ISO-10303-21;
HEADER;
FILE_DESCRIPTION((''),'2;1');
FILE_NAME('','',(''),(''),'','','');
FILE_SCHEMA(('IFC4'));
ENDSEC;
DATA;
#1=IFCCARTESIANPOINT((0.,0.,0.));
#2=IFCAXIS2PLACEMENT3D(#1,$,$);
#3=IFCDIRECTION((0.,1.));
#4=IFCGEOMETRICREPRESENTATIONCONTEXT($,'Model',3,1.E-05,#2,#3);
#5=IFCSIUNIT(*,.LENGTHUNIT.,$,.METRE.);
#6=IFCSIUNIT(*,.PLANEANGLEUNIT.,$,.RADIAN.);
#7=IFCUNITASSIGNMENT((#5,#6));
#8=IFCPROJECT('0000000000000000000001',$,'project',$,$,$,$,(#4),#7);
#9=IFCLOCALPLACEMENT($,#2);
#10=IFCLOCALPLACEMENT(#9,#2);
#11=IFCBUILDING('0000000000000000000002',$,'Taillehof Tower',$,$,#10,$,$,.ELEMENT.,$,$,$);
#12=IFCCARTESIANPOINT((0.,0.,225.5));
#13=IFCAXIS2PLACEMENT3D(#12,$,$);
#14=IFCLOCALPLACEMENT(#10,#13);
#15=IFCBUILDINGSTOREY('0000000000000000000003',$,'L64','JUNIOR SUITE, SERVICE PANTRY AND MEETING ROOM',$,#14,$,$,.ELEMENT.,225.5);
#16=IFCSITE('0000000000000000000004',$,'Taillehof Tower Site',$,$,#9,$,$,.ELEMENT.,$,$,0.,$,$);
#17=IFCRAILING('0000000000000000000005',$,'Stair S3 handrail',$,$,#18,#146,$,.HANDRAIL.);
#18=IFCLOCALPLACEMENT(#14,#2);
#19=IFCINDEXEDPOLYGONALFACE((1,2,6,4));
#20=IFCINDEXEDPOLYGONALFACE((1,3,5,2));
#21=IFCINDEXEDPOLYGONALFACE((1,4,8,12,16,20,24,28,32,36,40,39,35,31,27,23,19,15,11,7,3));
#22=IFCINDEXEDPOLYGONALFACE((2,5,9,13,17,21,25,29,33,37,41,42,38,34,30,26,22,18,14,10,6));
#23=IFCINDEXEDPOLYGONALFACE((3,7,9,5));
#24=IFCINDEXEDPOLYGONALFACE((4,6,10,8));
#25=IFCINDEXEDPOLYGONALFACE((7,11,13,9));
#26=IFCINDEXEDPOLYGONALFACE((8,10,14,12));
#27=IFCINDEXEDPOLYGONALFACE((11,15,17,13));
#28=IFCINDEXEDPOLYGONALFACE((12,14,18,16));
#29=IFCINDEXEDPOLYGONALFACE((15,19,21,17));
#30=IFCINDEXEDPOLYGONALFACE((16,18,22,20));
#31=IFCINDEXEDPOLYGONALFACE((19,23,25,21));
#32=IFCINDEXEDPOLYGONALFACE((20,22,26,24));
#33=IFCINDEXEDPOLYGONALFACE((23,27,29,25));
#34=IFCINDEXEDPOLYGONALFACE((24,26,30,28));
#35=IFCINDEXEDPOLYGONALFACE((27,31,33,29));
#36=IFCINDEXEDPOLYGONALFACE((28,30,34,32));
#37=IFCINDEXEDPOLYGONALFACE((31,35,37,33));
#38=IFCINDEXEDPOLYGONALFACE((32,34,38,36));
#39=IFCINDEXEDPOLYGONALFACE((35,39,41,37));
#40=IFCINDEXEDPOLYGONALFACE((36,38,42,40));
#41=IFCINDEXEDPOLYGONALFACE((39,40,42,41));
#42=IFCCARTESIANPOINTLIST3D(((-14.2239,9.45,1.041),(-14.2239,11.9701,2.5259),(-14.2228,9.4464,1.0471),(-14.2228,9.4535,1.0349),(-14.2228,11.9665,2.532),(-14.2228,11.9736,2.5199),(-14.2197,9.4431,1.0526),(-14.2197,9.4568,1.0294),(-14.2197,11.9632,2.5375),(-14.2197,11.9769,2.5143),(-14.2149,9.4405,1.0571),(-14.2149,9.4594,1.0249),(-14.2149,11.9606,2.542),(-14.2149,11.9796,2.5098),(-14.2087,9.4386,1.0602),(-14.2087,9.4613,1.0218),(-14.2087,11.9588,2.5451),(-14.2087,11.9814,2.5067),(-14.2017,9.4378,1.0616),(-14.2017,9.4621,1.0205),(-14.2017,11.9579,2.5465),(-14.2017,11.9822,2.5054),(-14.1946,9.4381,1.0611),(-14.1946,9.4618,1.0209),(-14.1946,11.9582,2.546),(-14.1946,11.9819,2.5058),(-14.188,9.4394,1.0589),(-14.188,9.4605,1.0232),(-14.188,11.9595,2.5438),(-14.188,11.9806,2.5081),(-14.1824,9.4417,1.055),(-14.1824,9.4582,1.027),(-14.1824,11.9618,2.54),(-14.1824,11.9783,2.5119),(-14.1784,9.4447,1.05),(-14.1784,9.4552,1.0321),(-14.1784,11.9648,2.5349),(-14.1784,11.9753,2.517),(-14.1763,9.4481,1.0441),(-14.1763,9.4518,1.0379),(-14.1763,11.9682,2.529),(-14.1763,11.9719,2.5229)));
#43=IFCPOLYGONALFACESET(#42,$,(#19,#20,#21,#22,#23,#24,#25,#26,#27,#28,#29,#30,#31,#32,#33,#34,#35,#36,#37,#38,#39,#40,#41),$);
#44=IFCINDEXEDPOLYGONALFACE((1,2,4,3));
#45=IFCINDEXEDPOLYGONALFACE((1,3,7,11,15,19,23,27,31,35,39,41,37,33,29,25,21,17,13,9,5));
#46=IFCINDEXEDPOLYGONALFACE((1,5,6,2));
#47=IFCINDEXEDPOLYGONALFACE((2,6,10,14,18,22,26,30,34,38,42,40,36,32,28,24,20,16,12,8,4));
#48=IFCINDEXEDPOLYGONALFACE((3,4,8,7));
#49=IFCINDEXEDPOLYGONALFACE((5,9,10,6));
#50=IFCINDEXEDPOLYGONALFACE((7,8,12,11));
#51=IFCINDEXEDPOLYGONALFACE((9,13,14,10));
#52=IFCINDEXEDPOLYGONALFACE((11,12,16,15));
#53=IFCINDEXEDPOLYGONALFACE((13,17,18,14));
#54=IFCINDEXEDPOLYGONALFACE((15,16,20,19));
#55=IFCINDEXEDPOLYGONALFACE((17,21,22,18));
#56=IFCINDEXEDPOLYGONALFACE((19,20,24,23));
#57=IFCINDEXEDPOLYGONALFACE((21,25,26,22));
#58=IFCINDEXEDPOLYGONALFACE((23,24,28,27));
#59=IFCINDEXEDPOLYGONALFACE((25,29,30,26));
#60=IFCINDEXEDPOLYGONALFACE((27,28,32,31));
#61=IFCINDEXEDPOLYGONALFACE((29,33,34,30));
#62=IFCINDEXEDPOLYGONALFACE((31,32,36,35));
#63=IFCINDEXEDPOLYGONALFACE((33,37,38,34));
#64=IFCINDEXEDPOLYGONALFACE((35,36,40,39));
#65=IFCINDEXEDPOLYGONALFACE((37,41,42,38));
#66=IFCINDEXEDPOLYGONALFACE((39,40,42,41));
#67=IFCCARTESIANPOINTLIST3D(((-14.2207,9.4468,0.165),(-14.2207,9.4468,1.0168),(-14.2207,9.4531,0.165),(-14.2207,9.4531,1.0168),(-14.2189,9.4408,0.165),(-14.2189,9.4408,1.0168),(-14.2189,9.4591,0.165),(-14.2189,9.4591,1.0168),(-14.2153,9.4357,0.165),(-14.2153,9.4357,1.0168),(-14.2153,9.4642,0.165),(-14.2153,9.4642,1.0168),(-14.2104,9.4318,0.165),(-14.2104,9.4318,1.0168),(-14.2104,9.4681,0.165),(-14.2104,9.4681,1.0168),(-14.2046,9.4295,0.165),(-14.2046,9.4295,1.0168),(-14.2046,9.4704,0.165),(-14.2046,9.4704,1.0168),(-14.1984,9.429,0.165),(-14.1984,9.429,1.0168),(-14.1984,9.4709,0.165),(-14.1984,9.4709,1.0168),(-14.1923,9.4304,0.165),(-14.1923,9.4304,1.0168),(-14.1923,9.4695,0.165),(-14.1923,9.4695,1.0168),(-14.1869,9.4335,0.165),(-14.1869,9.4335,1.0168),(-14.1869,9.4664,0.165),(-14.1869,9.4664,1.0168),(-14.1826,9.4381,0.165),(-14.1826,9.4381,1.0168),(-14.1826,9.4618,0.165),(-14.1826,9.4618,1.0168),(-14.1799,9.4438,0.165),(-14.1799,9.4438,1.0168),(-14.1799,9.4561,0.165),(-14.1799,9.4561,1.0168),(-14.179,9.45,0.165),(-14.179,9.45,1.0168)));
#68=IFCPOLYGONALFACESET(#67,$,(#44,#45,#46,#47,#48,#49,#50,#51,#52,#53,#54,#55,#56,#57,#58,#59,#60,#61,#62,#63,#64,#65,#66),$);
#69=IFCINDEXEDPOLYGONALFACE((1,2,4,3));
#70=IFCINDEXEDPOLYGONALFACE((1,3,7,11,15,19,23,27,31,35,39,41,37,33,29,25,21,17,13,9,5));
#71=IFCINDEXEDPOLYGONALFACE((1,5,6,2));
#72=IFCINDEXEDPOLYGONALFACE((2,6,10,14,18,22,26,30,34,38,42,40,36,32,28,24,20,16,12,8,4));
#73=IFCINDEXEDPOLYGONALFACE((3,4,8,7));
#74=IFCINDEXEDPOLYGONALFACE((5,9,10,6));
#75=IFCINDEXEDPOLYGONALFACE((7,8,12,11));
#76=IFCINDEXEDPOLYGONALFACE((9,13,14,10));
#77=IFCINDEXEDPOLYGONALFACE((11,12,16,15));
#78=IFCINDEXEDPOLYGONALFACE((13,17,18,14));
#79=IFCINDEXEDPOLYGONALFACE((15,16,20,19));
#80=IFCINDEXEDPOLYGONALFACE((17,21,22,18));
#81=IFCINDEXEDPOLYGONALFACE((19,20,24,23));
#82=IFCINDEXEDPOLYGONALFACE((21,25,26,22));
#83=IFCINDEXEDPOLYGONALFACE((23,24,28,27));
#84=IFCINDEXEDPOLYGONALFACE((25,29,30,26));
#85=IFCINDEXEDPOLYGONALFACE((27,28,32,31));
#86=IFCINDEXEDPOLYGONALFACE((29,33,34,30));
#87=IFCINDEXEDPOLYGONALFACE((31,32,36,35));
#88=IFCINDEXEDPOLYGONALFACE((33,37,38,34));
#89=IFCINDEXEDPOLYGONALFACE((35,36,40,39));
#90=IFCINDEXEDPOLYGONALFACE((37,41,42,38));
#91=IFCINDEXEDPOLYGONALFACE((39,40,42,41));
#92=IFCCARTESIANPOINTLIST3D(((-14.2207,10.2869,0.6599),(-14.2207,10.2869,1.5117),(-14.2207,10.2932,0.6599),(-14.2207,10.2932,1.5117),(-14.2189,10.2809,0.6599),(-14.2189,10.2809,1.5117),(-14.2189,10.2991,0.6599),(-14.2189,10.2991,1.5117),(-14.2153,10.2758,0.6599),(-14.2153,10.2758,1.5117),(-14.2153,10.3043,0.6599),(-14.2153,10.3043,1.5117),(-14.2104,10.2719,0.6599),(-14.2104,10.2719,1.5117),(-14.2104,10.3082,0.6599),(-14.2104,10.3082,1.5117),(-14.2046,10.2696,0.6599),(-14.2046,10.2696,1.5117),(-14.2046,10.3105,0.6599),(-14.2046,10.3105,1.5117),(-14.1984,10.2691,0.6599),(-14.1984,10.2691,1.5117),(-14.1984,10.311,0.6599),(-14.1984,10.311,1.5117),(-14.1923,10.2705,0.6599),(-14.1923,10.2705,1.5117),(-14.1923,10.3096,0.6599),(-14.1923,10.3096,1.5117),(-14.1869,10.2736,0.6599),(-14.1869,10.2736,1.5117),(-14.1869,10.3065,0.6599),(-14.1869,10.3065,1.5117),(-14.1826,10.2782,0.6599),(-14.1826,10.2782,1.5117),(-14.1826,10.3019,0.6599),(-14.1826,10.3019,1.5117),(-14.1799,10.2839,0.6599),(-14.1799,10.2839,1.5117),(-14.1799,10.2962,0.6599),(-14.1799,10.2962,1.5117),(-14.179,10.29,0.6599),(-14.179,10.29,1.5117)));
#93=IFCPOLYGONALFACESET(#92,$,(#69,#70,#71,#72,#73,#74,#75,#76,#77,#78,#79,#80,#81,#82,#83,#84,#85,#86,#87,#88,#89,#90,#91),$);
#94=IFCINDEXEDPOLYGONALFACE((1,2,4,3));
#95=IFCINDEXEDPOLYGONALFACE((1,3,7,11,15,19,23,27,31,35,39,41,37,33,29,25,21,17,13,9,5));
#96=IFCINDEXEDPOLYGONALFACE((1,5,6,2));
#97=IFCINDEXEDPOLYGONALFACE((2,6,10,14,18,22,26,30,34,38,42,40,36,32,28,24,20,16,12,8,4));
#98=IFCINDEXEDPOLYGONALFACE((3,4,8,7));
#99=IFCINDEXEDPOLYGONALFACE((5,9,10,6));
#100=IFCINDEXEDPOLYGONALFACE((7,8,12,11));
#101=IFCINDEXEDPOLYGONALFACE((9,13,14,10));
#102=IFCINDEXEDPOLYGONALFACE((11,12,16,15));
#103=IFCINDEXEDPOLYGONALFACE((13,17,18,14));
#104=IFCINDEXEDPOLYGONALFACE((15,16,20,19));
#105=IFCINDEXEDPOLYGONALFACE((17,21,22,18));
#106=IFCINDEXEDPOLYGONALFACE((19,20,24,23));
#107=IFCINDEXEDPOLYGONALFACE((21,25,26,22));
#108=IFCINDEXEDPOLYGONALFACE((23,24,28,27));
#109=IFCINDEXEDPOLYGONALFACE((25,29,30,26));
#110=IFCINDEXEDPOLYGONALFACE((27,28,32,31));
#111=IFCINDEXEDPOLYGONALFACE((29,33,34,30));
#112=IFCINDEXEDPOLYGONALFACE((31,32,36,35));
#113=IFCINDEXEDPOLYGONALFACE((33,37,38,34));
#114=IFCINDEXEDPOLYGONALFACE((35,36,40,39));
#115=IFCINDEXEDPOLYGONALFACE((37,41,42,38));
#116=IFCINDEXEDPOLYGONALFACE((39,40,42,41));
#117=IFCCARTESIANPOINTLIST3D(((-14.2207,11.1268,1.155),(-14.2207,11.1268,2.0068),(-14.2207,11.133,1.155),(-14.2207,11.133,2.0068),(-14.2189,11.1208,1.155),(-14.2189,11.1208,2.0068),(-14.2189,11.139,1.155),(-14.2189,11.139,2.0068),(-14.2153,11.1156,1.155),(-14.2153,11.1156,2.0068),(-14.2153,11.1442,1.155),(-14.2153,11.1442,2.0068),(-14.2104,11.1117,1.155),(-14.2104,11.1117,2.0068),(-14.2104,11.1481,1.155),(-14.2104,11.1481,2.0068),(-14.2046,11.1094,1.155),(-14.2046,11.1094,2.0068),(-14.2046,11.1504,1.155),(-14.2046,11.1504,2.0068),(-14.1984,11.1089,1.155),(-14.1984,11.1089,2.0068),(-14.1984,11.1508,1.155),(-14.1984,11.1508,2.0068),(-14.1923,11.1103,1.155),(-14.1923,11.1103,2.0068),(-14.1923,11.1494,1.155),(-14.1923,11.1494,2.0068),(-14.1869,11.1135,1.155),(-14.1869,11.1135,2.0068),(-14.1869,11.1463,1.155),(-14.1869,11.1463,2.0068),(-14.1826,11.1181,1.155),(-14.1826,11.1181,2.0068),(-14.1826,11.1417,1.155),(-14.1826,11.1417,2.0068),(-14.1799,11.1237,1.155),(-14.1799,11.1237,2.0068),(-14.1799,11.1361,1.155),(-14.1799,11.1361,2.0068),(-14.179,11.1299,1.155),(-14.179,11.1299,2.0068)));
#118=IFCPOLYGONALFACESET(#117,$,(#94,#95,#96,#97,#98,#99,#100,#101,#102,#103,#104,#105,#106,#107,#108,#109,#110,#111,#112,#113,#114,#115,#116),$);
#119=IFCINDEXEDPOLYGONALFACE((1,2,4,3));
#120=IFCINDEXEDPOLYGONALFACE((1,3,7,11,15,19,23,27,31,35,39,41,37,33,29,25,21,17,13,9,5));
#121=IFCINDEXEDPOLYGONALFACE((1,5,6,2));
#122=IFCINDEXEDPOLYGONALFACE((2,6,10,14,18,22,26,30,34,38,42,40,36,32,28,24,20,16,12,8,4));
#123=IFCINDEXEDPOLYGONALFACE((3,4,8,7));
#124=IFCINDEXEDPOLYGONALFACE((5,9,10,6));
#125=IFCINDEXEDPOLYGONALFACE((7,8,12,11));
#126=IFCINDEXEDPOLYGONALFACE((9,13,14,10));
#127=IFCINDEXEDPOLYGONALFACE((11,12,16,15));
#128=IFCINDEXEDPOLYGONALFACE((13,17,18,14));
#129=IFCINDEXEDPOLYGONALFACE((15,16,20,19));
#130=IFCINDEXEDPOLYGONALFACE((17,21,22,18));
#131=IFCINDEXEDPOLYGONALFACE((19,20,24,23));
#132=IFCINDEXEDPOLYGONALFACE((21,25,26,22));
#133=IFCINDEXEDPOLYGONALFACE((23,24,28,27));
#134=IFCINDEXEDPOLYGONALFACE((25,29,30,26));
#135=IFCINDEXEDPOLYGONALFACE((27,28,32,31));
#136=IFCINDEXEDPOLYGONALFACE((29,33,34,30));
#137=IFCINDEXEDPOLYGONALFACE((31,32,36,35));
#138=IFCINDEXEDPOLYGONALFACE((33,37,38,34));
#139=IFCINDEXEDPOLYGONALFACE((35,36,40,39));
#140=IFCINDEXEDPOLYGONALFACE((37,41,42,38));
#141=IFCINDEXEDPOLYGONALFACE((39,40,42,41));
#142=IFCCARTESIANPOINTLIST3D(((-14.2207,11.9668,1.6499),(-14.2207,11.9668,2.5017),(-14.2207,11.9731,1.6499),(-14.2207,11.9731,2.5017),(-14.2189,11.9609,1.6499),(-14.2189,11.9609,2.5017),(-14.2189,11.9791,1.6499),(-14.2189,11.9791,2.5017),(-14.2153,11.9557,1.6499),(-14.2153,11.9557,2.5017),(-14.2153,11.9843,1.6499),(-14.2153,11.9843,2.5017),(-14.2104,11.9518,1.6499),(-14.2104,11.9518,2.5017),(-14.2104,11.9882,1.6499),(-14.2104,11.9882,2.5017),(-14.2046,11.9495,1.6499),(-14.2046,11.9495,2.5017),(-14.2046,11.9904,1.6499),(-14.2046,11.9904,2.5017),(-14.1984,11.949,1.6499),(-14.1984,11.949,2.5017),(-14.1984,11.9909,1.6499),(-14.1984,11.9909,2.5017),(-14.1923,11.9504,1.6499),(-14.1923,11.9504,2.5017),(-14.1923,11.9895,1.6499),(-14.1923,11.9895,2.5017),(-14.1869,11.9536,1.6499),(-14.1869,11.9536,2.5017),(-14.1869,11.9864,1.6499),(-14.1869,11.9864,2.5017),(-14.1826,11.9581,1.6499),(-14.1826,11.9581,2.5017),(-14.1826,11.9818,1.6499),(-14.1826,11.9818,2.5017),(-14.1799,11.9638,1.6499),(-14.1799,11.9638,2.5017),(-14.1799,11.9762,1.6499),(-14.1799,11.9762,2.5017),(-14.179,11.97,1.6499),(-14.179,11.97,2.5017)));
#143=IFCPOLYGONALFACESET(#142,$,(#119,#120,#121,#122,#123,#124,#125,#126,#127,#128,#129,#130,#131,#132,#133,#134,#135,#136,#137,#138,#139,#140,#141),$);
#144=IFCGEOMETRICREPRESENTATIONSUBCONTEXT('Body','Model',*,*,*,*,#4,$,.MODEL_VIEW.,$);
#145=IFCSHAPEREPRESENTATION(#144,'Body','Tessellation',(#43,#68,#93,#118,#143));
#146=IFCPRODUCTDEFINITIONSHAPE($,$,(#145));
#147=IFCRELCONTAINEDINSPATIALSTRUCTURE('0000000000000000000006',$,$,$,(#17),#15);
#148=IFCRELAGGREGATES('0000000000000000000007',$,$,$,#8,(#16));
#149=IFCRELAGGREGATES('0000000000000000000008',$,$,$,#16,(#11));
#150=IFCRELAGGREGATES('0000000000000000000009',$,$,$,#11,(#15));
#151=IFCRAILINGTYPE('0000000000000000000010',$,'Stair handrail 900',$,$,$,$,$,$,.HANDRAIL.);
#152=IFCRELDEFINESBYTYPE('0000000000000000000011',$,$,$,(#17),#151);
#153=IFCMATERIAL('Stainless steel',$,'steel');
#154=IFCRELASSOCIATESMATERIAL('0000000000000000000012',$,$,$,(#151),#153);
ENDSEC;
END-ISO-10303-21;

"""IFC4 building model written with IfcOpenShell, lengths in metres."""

from ifc_helpers import new_model, si_unit, direction, frame, origin, origin_2d, place, context, subcontext, project, spatial, circle, extrude, material, type_object, element, save


model = new_model("IFC4")

# Units and contexts
model_context = context("Model", 3, precision=1e-05, world=origin(), true_north=direction((0.0, 1.0)))
body_context = subcontext(model_context, "Body", "Model", "MODEL_VIEW")
ifc_project = project(units=[si_unit("LENGTHUNIT", "METRE"), si_unit("PLANEANGLEUNIT", "RADIAN")], contexts=[model_context])

# Site, building, storey
site_placement = place(None, origin())
site = spatial("IfcSite", under=ifc_project, at=site_placement, Name="Taillehof Tower Site", CompositionType="ELEMENT", RefElevation=0.0)
building_placement = place(site_placement, origin())
building = spatial("IfcBuilding", under=site, at=building_placement, Name="Taillehof Tower", CompositionType="ELEMENT")
storey_placement = place(building_placement, frame((0.0, 0.0, 225.5)))
storey = spatial("IfcBuildingStorey", under=building, at=storey_placement, Name="L64", Description="JUNIOR SUITE, SERVICE PANTRY AND MEETING ROOM", CompositionType="ELEMENT", Elevation=225.5)

# Railing
ifc_material_1 = material(Name="Stainless steel", Category="steel")
railing_type = type_object("IfcRailingType", Name="Stair handrail 900", PredefinedType="HANDRAIL", material=ifc_material_1)
railing_placement = place(storey_placement, frame((-14.2, 9.45, 0.165)))
element("IfcRailing", 1, at=railing_placement, inside=storey, type_object=railing_type, Name="Stair S3 handrail", PredefinedType="HANDRAIL", context=body_context, shape_type="SweptSolid", body=[
    extrude(circle(Radius=0.0239, at=origin_2d()), frame((0.0, 0.0, 0.876), z_axis=(0.0, 0.861561, 0.507655), x_axis=(-1.0, 0.0, 0.0)), (0.0, 0.0, 1.0), 2.925),
    extrude(circle(Radius=0.021, at=origin_2d()), origin(), (0.0, 0.0, 1.0), 0.8518),
    extrude(circle(Radius=0.021, at=origin_2d()), frame((0.0, 0.8401, 0.4949)), (0.0, 0.0, 1.0), 0.8518),
    extrude(circle(Radius=0.021, at=origin_2d()), frame((0.0, 1.6799, 0.99)), (0.0, 0.0, 1.0), 0.8518),
    extrude(circle(Radius=0.021, at=origin_2d()), frame((0.0, 2.52, 1.4849)), (0.0, 0.0, 1.0), 0.8518),
])

save(model, "model.ifc")
